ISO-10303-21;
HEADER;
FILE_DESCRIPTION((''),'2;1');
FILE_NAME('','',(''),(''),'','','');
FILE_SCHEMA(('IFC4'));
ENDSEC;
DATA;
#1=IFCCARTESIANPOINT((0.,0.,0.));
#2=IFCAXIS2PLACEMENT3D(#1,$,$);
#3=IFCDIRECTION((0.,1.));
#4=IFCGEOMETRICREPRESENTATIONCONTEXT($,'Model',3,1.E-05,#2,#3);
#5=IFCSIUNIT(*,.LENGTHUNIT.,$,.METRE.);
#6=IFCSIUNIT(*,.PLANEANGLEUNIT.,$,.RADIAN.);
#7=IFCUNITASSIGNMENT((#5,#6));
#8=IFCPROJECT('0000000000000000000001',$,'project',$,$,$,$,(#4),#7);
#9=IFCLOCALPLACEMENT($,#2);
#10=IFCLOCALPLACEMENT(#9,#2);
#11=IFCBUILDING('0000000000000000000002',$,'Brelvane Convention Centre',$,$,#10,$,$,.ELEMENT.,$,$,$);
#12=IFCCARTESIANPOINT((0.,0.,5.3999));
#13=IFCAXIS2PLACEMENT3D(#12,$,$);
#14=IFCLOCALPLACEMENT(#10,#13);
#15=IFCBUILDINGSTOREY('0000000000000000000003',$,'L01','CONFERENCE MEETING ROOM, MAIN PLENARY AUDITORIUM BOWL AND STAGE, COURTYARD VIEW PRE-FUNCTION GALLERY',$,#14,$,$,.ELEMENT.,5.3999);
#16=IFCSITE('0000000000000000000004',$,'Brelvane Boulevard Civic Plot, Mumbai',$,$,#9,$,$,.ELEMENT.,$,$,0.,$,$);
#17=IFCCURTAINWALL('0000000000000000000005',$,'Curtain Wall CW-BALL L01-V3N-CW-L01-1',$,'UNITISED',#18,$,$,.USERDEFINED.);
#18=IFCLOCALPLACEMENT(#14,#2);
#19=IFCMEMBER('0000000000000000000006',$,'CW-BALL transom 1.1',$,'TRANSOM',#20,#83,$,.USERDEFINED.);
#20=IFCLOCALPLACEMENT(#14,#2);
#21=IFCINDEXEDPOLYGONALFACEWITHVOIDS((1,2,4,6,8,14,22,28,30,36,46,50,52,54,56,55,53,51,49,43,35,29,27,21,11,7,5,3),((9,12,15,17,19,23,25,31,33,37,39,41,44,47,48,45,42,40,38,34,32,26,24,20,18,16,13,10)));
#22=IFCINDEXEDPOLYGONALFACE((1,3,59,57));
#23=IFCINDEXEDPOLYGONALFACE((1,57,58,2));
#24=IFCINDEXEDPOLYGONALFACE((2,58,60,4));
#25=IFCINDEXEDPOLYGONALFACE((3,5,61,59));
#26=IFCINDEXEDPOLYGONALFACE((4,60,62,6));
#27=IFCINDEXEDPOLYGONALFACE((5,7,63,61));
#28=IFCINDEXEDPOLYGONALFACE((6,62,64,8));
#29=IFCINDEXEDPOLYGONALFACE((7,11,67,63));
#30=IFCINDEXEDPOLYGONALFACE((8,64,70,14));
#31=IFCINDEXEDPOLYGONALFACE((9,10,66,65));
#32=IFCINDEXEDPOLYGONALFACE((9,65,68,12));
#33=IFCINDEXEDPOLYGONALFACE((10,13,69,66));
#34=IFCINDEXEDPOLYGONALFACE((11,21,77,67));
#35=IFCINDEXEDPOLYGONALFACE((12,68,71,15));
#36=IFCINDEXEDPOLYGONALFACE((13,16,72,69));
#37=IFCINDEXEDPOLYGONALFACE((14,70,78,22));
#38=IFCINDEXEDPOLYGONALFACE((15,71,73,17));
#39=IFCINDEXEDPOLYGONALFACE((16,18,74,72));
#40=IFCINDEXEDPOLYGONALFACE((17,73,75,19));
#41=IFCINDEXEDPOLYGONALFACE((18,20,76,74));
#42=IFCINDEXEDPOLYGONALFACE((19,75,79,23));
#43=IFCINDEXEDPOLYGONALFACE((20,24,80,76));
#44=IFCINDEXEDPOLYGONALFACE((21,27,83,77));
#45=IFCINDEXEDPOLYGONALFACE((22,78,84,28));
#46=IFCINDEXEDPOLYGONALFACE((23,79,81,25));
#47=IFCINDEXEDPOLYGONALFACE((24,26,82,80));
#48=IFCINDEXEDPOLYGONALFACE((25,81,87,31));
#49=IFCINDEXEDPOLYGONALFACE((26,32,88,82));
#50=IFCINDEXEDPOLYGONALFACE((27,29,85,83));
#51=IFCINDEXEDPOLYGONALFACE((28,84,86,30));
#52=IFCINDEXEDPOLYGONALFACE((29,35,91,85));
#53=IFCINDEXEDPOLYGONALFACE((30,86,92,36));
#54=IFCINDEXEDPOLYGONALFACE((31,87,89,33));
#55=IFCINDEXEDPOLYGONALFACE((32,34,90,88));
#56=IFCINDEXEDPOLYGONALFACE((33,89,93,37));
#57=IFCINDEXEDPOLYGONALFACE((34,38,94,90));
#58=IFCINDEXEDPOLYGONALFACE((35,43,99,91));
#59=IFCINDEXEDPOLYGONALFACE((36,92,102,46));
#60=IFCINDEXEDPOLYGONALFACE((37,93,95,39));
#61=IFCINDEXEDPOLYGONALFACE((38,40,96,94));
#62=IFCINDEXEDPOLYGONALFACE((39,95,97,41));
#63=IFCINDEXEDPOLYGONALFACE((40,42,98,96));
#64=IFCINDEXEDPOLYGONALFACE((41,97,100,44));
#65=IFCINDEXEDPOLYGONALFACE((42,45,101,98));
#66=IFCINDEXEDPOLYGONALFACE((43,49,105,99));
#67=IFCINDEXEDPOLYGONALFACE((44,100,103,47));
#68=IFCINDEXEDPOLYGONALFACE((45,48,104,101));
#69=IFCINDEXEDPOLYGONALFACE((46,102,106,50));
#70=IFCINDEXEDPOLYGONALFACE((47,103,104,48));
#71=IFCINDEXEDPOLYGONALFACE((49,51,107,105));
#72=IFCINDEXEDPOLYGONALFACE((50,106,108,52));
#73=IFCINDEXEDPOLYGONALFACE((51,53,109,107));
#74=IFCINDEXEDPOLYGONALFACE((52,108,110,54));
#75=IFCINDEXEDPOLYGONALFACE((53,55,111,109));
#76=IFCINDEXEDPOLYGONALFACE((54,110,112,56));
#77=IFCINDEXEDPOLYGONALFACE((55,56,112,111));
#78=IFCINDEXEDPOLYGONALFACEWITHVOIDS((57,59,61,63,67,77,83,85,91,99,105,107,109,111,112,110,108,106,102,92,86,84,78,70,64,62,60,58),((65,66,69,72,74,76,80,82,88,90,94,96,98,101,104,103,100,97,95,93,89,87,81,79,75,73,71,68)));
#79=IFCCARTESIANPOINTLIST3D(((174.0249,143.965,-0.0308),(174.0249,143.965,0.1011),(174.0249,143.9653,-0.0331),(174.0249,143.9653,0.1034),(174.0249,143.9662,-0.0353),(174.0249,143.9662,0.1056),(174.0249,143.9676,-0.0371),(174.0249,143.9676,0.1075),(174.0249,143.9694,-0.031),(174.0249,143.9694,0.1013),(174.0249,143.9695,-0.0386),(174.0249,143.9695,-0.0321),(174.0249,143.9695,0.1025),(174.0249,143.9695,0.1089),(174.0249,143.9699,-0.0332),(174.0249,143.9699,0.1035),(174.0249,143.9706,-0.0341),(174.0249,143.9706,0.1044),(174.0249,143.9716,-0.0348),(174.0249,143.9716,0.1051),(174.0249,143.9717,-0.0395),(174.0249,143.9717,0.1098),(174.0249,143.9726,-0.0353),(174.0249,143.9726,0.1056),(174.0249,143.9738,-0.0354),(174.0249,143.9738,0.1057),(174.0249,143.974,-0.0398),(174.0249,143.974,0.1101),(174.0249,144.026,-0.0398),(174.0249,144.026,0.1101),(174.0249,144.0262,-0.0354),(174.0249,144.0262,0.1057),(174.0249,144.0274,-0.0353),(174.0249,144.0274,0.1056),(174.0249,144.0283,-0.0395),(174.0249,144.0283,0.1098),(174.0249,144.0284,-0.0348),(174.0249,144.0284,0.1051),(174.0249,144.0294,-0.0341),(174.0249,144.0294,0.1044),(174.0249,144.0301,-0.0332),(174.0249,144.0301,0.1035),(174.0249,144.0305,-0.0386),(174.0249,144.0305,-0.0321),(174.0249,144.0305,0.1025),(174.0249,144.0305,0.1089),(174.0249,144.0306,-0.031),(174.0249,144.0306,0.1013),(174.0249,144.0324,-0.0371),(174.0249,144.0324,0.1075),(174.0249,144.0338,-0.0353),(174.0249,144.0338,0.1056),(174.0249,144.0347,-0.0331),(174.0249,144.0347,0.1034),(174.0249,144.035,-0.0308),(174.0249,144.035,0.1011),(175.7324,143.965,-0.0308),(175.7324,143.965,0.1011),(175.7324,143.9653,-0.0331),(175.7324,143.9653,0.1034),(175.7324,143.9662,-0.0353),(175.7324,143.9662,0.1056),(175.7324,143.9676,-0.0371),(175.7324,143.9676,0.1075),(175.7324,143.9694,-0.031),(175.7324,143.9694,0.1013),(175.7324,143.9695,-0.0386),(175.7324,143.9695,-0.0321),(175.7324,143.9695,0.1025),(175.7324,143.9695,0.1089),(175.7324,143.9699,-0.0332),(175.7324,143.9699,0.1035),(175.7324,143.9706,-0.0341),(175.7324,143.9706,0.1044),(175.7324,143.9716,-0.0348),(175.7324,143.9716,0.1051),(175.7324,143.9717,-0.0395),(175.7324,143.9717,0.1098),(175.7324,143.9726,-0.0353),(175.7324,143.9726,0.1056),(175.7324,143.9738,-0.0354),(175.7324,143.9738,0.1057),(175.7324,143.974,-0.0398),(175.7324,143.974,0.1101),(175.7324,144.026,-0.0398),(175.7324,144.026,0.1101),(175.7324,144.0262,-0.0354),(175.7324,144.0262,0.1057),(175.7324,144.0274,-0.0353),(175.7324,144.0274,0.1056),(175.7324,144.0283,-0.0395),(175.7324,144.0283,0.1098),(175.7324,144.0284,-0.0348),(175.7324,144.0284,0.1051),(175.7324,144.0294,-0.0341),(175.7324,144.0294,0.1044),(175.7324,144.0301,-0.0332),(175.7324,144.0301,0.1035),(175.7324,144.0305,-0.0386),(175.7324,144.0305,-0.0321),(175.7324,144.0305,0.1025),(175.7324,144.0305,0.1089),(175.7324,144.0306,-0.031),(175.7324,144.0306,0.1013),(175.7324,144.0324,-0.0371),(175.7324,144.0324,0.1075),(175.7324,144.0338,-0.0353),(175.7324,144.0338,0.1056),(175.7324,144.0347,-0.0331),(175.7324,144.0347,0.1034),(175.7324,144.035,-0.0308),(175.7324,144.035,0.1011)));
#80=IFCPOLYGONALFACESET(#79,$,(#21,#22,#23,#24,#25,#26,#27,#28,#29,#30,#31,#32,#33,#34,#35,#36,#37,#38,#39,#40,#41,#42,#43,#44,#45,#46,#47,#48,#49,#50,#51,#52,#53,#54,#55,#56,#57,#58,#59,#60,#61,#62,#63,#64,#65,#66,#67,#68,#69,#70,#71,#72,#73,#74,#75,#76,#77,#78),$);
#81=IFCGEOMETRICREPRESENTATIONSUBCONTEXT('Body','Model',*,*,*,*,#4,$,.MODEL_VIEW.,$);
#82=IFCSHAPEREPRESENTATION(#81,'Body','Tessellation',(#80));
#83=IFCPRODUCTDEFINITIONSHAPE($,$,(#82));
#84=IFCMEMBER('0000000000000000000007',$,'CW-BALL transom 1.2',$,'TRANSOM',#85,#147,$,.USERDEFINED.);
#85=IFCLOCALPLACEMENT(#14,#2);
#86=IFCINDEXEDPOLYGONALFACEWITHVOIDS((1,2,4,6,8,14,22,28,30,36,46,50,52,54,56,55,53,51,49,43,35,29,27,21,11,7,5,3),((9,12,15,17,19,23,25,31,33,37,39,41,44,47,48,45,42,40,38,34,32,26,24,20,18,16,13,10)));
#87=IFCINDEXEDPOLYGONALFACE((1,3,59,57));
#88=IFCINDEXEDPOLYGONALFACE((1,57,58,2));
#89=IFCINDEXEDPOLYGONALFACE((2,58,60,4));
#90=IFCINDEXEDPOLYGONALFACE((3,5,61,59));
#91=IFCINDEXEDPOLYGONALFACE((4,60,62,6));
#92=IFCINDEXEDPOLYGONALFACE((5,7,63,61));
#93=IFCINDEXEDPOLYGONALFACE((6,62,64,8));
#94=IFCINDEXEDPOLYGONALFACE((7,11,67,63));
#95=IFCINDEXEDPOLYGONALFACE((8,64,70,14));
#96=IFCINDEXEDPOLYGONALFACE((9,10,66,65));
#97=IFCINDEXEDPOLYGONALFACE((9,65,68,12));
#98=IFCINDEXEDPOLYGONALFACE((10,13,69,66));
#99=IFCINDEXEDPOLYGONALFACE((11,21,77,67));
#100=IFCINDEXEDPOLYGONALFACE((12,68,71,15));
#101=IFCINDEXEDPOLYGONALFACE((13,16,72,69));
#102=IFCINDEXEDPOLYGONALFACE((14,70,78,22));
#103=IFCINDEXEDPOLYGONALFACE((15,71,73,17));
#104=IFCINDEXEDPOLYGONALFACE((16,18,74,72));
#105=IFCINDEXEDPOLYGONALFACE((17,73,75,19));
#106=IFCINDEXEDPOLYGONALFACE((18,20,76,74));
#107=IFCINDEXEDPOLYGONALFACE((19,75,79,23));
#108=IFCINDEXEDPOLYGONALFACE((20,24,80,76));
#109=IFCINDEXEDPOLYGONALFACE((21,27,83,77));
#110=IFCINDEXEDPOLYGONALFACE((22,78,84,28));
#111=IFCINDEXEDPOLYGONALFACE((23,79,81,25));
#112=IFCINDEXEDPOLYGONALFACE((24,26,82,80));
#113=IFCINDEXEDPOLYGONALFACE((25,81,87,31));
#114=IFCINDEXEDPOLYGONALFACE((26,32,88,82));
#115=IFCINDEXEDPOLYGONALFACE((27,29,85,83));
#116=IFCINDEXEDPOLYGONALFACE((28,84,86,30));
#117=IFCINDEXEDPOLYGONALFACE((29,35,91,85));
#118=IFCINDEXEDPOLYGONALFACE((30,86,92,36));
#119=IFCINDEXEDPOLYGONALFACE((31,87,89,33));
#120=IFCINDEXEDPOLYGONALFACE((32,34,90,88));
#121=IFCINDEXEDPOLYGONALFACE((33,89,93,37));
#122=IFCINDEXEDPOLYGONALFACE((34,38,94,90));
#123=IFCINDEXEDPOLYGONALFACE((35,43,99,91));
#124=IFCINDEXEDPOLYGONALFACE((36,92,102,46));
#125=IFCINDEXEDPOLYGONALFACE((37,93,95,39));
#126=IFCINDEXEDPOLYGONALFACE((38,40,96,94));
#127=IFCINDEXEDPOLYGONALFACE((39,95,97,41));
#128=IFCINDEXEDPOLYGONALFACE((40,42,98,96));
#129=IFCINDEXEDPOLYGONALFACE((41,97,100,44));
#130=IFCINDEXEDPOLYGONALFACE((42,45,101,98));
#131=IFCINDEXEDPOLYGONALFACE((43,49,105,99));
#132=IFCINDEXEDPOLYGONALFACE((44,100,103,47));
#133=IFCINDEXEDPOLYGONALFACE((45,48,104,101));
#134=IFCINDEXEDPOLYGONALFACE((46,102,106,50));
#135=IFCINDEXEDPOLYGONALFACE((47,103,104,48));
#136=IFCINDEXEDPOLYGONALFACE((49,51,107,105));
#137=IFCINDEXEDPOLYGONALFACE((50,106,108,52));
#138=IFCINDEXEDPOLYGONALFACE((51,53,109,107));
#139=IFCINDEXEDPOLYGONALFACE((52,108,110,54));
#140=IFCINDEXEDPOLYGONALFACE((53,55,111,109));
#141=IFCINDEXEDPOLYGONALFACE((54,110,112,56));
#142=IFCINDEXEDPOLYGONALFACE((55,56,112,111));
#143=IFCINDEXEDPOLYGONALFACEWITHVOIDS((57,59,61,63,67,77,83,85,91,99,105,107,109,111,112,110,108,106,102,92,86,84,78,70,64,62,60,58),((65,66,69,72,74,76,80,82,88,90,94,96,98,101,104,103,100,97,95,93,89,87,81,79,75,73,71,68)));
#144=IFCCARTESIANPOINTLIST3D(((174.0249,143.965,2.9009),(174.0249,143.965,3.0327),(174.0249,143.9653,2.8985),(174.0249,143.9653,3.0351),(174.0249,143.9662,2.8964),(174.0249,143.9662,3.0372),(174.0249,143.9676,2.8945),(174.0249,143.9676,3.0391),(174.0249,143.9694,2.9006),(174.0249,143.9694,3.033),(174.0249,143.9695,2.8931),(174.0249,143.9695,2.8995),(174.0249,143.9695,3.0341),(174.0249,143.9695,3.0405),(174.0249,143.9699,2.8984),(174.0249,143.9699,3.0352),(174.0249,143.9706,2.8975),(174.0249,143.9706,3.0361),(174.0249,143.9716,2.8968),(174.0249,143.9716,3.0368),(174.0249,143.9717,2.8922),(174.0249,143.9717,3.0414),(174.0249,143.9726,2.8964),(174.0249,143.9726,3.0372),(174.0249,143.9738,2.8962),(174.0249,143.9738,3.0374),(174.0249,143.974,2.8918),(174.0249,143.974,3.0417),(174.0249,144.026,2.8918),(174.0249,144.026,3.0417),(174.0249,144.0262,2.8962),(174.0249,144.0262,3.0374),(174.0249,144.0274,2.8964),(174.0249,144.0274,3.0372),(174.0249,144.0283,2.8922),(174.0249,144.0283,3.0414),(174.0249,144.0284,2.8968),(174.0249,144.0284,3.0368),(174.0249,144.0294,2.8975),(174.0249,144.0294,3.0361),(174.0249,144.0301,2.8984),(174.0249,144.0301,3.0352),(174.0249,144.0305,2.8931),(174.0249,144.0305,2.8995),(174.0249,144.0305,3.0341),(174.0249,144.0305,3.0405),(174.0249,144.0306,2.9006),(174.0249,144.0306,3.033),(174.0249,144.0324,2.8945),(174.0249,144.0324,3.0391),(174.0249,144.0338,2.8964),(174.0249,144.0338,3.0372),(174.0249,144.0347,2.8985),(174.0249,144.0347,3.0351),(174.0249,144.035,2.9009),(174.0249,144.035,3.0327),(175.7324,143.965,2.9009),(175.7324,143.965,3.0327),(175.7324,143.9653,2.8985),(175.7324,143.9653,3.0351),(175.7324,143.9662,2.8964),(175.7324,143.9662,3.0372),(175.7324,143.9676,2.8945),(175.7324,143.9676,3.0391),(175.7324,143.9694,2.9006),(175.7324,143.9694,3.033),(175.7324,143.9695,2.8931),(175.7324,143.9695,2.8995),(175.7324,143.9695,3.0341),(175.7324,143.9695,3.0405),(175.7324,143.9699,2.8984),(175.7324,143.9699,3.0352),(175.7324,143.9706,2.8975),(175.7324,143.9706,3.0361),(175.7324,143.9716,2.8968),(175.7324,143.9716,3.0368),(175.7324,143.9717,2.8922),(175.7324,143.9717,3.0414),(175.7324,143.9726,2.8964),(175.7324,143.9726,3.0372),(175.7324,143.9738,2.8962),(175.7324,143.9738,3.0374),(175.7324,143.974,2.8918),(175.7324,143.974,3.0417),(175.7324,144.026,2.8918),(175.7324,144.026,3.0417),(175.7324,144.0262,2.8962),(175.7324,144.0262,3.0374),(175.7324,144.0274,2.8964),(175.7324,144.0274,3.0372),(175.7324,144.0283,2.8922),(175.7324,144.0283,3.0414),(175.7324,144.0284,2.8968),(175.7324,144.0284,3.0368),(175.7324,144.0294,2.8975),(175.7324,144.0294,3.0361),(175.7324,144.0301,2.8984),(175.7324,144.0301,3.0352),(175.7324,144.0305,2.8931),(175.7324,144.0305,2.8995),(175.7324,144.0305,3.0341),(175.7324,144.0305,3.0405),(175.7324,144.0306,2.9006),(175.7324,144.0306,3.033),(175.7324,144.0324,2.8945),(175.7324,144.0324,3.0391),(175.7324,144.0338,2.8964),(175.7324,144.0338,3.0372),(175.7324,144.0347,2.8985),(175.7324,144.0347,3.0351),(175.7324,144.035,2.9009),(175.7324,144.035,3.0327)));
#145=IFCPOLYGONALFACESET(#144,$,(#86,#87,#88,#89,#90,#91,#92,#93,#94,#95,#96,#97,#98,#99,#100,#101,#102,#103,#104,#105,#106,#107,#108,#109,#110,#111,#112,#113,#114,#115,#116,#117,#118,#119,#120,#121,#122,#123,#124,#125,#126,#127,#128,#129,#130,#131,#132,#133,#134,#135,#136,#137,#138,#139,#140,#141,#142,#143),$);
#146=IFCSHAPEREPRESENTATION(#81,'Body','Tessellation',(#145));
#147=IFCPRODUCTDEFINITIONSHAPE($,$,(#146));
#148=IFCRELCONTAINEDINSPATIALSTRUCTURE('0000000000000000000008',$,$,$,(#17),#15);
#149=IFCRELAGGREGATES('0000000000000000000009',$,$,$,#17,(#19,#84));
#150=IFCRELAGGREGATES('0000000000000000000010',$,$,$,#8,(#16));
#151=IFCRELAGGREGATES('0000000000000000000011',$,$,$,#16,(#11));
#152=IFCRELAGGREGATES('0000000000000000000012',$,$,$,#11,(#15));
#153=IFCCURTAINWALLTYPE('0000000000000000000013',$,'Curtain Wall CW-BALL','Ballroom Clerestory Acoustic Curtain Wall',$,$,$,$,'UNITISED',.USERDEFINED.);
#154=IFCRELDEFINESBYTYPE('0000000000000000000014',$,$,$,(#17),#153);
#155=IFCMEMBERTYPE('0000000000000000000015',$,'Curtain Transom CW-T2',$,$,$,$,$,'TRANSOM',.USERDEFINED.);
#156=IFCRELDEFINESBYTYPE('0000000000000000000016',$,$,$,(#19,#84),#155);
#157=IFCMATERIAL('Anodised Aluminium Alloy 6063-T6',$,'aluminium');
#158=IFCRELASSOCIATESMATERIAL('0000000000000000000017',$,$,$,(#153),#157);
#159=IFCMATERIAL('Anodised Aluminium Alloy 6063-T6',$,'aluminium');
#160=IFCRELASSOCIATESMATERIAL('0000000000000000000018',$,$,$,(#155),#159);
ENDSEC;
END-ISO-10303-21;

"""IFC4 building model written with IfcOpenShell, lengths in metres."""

from ifc_helpers import new_model, si_unit, direction, frame, origin, origin_2d, place, context, subcontext, project, spatial, hollow_rectangle, extrude, material, material_profile, profile_set, type_object, element, aggregate, save


model = new_model("IFC4")

# Units and contexts
model_context = context("Model", 3, precision=1e-05, world=origin(), true_north=direction((0.0, 1.0)))
body_context = subcontext(model_context, "Body", "Model", "MODEL_VIEW")
ifc_project = project(units=[si_unit("LENGTHUNIT", "METRE"), si_unit("PLANEANGLEUNIT", "RADIAN")], contexts=[model_context])

# Site, building, storey
site_placement = place(None, origin())
site = spatial("IfcSite", under=ifc_project, at=site_placement, Name="Brelvane Boulevard Civic Plot, Mumbai", CompositionType="ELEMENT", RefElevation=0.0)
building_placement = place(site_placement, origin())
building = spatial("IfcBuilding", under=site, at=building_placement, Name="Brelvane Convention Centre", CompositionType="ELEMENT")
storey_placement = place(building_placement, frame((0.0, 0.0, 5.3999)))
storey = spatial("IfcBuildingStorey", under=building, at=storey_placement, Name="L01", Description="CONFERENCE MEETING ROOM, MAIN PLENARY AUDITORIUM BOWL AND STAGE, COURTYARD VIEW PRE-FUNCTION GALLERY", CompositionType="ELEMENT", Elevation=5.3999)

# Curtain wall, members
ifc_material_1 = material(Name="Anodised Aluminium Alloy 6063-T6", Category="aluminium")
curtain_wall_type = type_object("IfcCurtainWallType", Name="Curtain Wall CW-BALL", Description="Ballroom Clerestory Acoustic Curtain Wall", ElementType="UNITISED", PredefinedType="USERDEFINED", material=ifc_material_1)
curtain_wall_placement = place(storey_placement, origin())
curtain_wall = element("IfcCurtainWall", 1, at=curtain_wall_placement, inside=storey, type_object=curtain_wall_type, Name="Curtain Wall CW-BALL L01-V3N-CW-L01-1", ObjectType="UNITISED", PredefinedType="USERDEFINED")
ifc_material_2 = material(Name="Anodised Aluminium Alloy 6063-T6", Category="aluminium")
ifc_material_profile_1 = material_profile(ifc_material_2, hollow_rectangle(XDim=0.0701, YDim=0.1499, WallThickness=0.0044, InnerFilletRadius=0.0044, OuterFilletRadius=0.009, at=origin_2d()), Name="ALU-T 150x70x4.5")
ifc_profile_set_1 = profile_set([ifc_material_profile_1], Name="Anodised Aluminium Alloy 6063-T6")
member_type_1 = type_object("IfcMemberType", Name="Curtain Transom CW-T2", ElementType="TRANSOM", PredefinedType="USERDEFINED", material=ifc_profile_set_1)
member_1_placement = place(storey_placement, frame((174.0249, 144.0, 0.0352), z_axis=(1.0, 0.0, 0.0), x_axis=(0.0, 1.0, 0.0)))
member_1 = element("IfcMember", 2, at=member_1_placement, type_object=member_type_1, Name="CW-BALL transom 1.1", ObjectType="TRANSOM", PredefinedType="USERDEFINED", context=body_context, shape_type="SweptSolid", body=[
    extrude(hollow_rectangle(XDim=0.0701, YDim=0.1499, WallThickness=0.0044, InnerFilletRadius=0.0044, OuterFilletRadius=0.009, at=origin_2d()), origin(), (0.0, 0.0, 1.0), 1.7075),
])
member_2_placement = place(storey_placement, frame((174.0249, 144.0, 2.9668), z_axis=(1.0, 0.0, 0.0), x_axis=(0.0, 1.0, 0.0)))
member_2 = element("IfcMember", 3, at=member_2_placement, type_object=member_type_1, Name="CW-BALL transom 1.2", ObjectType="TRANSOM", PredefinedType="USERDEFINED", context=body_context, shape_type="SweptSolid", body=[
    extrude(hollow_rectangle(XDim=0.0701, YDim=0.1499, WallThickness=0.0044, InnerFilletRadius=0.0044, OuterFilletRadius=0.009, at=origin_2d()), origin(), (0.0, 0.0, 1.0), 1.7075),
])

aggregate(curtain_wall, [member_1, member_2])

save(model, "model.ifc")
